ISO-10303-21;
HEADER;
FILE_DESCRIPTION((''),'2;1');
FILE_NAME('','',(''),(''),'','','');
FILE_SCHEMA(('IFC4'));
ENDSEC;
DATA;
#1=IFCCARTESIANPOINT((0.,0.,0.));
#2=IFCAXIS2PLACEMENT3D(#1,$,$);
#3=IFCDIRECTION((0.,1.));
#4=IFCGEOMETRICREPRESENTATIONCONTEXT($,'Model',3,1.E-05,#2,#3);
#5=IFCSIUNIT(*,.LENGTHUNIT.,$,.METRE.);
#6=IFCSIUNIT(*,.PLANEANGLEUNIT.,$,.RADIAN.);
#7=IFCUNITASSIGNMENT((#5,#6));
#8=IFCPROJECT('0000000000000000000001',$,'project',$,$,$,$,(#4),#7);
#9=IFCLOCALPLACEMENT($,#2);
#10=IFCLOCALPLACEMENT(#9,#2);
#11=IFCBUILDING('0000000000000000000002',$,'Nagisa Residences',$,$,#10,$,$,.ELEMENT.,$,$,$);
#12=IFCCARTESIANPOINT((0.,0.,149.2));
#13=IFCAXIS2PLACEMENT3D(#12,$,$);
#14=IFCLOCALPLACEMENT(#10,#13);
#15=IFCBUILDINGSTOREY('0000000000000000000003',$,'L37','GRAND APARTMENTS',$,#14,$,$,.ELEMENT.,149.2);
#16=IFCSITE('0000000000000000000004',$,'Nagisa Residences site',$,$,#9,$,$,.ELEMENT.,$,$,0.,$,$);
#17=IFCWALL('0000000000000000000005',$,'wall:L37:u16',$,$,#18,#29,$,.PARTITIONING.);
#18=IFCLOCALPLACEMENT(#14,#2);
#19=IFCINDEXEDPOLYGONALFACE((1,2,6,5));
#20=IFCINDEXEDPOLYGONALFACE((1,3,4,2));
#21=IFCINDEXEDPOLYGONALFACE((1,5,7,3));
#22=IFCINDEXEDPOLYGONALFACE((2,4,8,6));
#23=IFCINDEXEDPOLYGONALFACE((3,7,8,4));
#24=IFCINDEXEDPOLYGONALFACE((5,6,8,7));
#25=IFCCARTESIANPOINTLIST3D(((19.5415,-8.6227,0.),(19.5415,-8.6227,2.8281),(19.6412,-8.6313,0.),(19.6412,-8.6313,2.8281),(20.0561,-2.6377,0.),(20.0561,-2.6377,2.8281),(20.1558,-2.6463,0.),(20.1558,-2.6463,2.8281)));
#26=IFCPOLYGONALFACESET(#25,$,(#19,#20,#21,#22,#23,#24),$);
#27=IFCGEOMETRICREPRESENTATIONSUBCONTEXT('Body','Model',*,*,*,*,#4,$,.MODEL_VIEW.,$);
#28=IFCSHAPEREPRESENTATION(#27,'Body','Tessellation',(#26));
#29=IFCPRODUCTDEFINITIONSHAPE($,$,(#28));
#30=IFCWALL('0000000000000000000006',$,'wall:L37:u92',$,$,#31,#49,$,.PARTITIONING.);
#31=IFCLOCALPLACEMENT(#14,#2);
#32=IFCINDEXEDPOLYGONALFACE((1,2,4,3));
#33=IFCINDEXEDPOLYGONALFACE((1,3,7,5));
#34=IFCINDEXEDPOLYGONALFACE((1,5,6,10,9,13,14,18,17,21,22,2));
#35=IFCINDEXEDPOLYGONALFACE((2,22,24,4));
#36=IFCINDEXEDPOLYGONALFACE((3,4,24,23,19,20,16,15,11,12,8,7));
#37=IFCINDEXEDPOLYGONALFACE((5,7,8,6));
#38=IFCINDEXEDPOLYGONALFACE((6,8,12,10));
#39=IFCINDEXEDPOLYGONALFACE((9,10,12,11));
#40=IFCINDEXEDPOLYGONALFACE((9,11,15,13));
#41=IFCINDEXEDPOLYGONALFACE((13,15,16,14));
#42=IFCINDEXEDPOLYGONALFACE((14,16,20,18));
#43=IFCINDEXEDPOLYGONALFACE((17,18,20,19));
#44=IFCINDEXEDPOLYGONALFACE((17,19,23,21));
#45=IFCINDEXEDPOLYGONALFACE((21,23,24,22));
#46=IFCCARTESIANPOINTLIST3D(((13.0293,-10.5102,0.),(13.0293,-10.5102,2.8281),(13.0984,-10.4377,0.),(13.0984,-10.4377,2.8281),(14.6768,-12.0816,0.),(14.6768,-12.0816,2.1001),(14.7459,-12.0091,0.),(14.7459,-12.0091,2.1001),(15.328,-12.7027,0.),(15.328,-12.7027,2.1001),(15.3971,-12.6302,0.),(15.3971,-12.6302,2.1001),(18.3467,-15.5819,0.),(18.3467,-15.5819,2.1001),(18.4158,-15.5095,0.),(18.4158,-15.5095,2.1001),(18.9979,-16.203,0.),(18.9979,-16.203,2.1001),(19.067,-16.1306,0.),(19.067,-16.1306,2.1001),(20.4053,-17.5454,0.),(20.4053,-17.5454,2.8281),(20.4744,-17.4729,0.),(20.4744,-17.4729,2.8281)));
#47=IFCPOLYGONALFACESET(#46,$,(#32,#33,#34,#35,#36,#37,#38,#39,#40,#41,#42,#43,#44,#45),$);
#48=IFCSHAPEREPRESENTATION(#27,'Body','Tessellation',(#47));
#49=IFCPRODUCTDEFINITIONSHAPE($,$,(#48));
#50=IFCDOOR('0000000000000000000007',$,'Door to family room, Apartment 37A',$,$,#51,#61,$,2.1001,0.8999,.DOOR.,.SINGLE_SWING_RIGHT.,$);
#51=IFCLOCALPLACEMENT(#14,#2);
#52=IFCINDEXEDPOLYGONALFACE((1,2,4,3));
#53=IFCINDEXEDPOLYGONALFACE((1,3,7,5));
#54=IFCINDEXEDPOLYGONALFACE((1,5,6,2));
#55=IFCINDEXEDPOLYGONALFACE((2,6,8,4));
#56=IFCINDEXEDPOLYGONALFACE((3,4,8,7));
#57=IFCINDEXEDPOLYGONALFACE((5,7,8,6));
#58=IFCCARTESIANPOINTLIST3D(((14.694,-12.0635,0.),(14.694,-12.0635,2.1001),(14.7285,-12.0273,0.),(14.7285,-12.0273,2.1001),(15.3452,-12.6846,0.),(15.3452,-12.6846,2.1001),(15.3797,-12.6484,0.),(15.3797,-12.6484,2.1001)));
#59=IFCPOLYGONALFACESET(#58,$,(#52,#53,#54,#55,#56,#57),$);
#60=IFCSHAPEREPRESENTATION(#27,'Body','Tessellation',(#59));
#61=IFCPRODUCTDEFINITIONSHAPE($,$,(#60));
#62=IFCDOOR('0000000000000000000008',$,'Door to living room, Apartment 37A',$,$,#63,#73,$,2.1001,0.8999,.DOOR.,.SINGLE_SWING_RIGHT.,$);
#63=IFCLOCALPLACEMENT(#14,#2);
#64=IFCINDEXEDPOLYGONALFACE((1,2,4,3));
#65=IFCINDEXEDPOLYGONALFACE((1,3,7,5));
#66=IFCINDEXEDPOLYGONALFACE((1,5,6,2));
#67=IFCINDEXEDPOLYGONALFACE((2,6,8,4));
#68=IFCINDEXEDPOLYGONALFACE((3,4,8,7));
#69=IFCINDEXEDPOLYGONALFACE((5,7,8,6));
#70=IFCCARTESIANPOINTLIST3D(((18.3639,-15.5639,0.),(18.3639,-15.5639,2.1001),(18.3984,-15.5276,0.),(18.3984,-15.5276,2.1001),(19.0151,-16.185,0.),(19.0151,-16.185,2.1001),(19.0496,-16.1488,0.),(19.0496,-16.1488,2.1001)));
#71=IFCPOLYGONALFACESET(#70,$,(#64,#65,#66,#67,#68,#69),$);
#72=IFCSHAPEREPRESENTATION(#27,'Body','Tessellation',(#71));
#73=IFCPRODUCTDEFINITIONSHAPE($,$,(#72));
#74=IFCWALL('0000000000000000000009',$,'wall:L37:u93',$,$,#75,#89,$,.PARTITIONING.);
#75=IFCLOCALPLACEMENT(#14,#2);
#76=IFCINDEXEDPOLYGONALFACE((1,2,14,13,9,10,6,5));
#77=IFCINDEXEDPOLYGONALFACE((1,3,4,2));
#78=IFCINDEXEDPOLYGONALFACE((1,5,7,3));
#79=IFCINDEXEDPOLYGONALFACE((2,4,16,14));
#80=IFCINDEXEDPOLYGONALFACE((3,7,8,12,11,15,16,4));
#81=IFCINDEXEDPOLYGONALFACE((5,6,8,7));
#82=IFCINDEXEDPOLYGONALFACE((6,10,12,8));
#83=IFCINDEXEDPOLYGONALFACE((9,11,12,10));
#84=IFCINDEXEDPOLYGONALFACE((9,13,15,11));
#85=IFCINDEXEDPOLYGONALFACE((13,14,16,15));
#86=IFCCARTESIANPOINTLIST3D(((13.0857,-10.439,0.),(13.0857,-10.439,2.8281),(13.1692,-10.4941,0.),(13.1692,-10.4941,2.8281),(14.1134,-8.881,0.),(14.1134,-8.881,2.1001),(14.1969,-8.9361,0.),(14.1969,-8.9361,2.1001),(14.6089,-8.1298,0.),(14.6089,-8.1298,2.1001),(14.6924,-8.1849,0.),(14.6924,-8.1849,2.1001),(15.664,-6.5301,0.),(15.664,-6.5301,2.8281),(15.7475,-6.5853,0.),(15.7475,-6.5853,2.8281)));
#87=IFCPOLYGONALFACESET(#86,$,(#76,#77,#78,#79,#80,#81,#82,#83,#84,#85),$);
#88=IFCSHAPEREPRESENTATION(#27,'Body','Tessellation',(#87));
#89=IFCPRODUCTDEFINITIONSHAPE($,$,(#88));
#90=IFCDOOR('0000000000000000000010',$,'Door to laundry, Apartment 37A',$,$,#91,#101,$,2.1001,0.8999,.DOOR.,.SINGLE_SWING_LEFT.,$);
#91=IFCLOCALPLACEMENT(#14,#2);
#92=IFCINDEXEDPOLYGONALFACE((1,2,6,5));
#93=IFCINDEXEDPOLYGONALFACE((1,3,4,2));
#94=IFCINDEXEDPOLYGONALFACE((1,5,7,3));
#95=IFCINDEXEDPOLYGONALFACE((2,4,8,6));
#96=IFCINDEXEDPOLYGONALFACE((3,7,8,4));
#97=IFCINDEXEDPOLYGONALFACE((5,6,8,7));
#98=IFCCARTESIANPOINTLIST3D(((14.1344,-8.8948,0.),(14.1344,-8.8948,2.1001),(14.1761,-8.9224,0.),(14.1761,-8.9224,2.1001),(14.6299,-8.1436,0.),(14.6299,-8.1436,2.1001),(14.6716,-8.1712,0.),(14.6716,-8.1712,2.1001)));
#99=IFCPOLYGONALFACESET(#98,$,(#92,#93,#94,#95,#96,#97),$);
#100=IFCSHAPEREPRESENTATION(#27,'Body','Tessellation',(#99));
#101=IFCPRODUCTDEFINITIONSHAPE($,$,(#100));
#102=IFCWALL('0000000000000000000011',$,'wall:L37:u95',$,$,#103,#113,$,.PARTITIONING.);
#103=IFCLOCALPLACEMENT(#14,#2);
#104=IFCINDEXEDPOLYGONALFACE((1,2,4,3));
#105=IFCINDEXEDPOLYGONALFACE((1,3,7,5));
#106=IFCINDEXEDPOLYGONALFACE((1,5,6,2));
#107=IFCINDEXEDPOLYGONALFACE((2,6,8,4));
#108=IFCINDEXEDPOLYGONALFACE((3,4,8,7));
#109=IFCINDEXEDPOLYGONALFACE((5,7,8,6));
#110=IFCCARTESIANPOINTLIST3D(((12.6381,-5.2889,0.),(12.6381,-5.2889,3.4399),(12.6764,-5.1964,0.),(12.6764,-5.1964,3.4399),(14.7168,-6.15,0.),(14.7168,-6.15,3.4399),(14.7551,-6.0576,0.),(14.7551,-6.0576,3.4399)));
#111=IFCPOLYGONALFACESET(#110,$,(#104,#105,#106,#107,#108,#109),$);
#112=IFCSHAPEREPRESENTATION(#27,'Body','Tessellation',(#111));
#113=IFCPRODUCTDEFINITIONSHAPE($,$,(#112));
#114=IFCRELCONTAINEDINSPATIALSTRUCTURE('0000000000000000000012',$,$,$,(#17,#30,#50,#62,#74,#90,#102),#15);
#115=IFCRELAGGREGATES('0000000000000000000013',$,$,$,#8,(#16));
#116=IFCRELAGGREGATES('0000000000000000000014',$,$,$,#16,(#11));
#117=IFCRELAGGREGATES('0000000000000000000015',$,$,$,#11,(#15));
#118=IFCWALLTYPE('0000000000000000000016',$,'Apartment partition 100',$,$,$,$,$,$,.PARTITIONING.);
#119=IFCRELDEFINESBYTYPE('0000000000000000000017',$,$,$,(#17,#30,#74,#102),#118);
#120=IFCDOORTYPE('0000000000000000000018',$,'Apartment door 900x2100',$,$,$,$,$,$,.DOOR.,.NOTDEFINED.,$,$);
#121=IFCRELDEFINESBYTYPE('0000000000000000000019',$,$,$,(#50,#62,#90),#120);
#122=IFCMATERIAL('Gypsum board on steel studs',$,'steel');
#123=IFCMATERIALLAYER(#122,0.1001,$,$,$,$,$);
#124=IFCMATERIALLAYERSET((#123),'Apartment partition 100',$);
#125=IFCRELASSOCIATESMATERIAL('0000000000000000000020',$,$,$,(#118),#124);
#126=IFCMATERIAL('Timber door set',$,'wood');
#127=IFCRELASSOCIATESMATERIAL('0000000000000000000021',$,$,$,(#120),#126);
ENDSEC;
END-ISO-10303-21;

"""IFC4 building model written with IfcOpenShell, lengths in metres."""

from ifc_helpers import new_model, si_unit, direction, frame, frame_2d, origin, place, context, subcontext, project, spatial, rectangle, extrude, material, layer, layer_set, type_object, element, fill, save


model = new_model("IFC4")

# Units and contexts
model_context = context("Model", 3, precision=1e-05, world=origin(), true_north=direction((0.0, 1.0)))
body_context = subcontext(model_context, "Body", "Model", "MODEL_VIEW")
ifc_project = project(units=[si_unit("LENGTHUNIT", "METRE"), si_unit("PLANEANGLEUNIT", "RADIAN")], contexts=[model_context])

# Site, building, storey
site_placement = place(None, origin())
site = spatial("IfcSite", under=ifc_project, at=site_placement, Name="Nagisa Residences site", CompositionType="ELEMENT", RefElevation=0.0)
building_placement = place(site_placement, origin())
building = spatial("IfcBuilding", under=site, at=building_placement, Name="Nagisa Residences", CompositionType="ELEMENT")
storey_placement = place(building_placement, frame((0.0, 0.0, 149.2)))
storey = spatial("IfcBuildingStorey", under=building, at=storey_placement, Name="L37", Description="GRAND APARTMENTS", CompositionType="ELEMENT", Elevation=149.2)

# Shared definitions
ifc_material_1 = material(Name="Gypsum board on steel studs", Category="steel")
ifc_layer_1 = layer(ifc_material_1, 0.1001)
ifc_layer_set_1 = layer_set([ifc_layer_1], Name="Apartment partition 100")
wall_type_1 = type_object("IfcWallType", Name="Apartment partition 100", PredefinedType="PARTITIONING", material=ifc_layer_set_1)
ifc_material_2 = material(Name="Timber door set", Category="wood")
door_type_1 = type_object("IfcDoorType", Name="Apartment door 900x2100", OperationType="NOTDEFINED", PredefinedType="DOOR", material=ifc_material_2)

# Wall
wall_1_placement = place(storey_placement, frame((20.106, -2.6421, 0.0), z_axis=(0.0, 0.0, 1.0), x_axis=(-0.085672, -0.996323, 0.0)))
element("IfcWall", 1, at=wall_1_placement, inside=storey, type_object=wall_type_1, Name="wall:L37:u16", PredefinedType="PARTITIONING", context=body_context, shape_type="SweptSolid", body=[
    extrude(rectangle(XDim=6.0071, YDim=0.1001, at=frame_2d((3.0034, 0.0))), origin(), (0.0, 0.0, 1.0), 2.8281),
])

# Wall, openings, doors
wall_2_placement = place(storey_placement, frame((13.0637, -10.4739, 0.0), z_axis=(0.0, 0.0, 1.0), x_axis=(0.723627, -0.690191, 0.0)))
wall_2 = element("IfcWall", 2, at=wall_2_placement, inside=storey, type_object=wall_type_1, Name="wall:L37:u92", PredefinedType="PARTITIONING", context=body_context, shape_type="SweptSolid", body=[
    extrude(rectangle(XDim=10.1931, YDim=0.1001, at=frame_2d((5.0967, 0.0))), origin(), (0.0, 0.0, 1.0), 2.8281),
])
opening_1_placement = place(wall_2_placement, frame((2.2769, 0.0, 0.0)))
opening_1 = element("IfcOpeningElement", 3, at=opening_1_placement, cuts=wall_2, PredefinedType="OPENING", context=body_context, shape_type="SweptSolid", body=[
    extrude(rectangle(XDim=0.8999, YDim=2.1001, at=frame_2d((0.45, 1.05))), frame((0.0, 0.0601, 0.0), z_axis=(0.0, -1.0, 0.0), x_axis=(1.0, 0.0, 0.0)), (0.0, 0.0, 1.0), 0.1201),
])
opening_2_placement = place(wall_2_placement, frame((7.3484, 0.0, 0.0)))
opening_2 = element("IfcOpeningElement", 4, at=opening_2_placement, cuts=wall_2, PredefinedType="OPENING", context=body_context, shape_type="SweptSolid", body=[
    extrude(rectangle(XDim=0.8999, YDim=2.1001, at=frame_2d((0.45, 1.05))), frame((0.0, 0.0601, 0.0), z_axis=(0.0, -1.0, 0.0), x_axis=(1.0, 0.0, 0.0)), (0.0, 0.0, 1.0), 0.1201),
])
door_1_placement = place(opening_1_placement, origin())
door_1 = element("IfcDoor", 5, at=door_1_placement, inside=storey, type_object=door_type_1, Name="Door to family room, Apartment 37A", OperationType="SINGLE_SWING_RIGHT", OverallHeight=2.1001, OverallWidth=0.8999, PredefinedType="DOOR", context=body_context, shape_type="SweptSolid", body=[
    extrude(rectangle(XDim=0.8999, YDim=2.1001, at=frame_2d((0.45, 1.05))), frame((0.0, 0.0249, 0.0), z_axis=(0.0, -1.0, 0.0), x_axis=(1.0, 0.0, 0.0)), (0.0, 0.0, 1.0), 0.05),
])
fill(opening_1, door_1)
door_2_placement = place(opening_2_placement, origin())
door_2 = element("IfcDoor", 6, at=door_2_placement, inside=storey, type_object=door_type_1, Name="Door to living room, Apartment 37A", OperationType="SINGLE_SWING_RIGHT", OverallHeight=2.1001, OverallWidth=0.8999, PredefinedType="DOOR", context=body_context, shape_type="SweptSolid", body=[
    extrude(rectangle(XDim=0.8999, YDim=2.1001, at=frame_2d((0.45, 1.05))), frame((0.0, 0.0249, 0.0), z_axis=(0.0, -1.0, 0.0), x_axis=(1.0, 0.0, 0.0)), (0.0, 0.0, 1.0), 0.05),
])
fill(opening_2, door_2)

# Wall, opening, door
wall_3_placement = place(storey_placement, frame((13.1274, -10.4666, 0.0), z_axis=(0.0, 0.0, 1.0), x_axis=(0.550615, 0.834759, 0.0)))
wall_3 = element("IfcWall", 7, at=wall_3_placement, inside=storey, type_object=wall_type_1, Name="wall:L37:u93", PredefinedType="PARTITIONING", context=body_context, shape_type="SweptSolid", body=[
    extrude(rectangle(XDim=4.6826, YDim=0.1001, at=frame_2d((2.3413, 0.0))), origin(), (0.0, 0.0, 1.0), 2.8281),
])
opening_3_placement = place(wall_3_placement, frame((1.8665, 0.0, 0.0)))
opening_3 = element("IfcOpeningElement", 8, at=opening_3_placement, cuts=wall_3, PredefinedType="OPENING", context=body_context, shape_type="SweptSolid", body=[
    extrude(rectangle(XDim=0.8999, YDim=2.1001, at=frame_2d((0.45, 1.05))), frame((0.0, 0.0601, 0.0), z_axis=(0.0, -1.0, 0.0), x_axis=(1.0, 0.0, 0.0)), (0.0, 0.0, 1.0), 0.1201),
])
door_3_placement = place(opening_3_placement, origin())
door_3 = element("IfcDoor", 9, at=door_3_placement, inside=storey, type_object=door_type_1, Name="Door to laundry, Apartment 37A", OperationType="SINGLE_SWING_LEFT", OverallHeight=2.1001, OverallWidth=0.8999, PredefinedType="DOOR", context=body_context, shape_type="SweptSolid", body=[
    extrude(rectangle(XDim=0.8999, YDim=2.1001, at=frame_2d((0.45, 1.05))), frame((0.0, 0.0249, 0.0), z_axis=(0.0, -1.0, 0.0), x_axis=(1.0, 0.0, 0.0)), (0.0, 0.0, 1.0), 0.05),
])
fill(opening_3, door_3)

# Wall
wall_4_placement = place(storey_placement, frame((12.6572, -5.2427, 0.0), z_axis=(0.0, 0.0, 1.0), x_axis=(0.923865, -0.382719, 0.0)))
element("IfcWall", 10, at=wall_4_placement, inside=storey, type_object=wall_type_1, Name="wall:L37:u95", PredefinedType="PARTITIONING", context=body_context, shape_type="SweptSolid", body=[
    extrude(rectangle(XDim=2.25, YDim=0.1001, at=frame_2d((1.125, 0.0))), origin(), (0.0, 0.0, 1.0), 3.4399),
])

save(model, "model.ifc")
